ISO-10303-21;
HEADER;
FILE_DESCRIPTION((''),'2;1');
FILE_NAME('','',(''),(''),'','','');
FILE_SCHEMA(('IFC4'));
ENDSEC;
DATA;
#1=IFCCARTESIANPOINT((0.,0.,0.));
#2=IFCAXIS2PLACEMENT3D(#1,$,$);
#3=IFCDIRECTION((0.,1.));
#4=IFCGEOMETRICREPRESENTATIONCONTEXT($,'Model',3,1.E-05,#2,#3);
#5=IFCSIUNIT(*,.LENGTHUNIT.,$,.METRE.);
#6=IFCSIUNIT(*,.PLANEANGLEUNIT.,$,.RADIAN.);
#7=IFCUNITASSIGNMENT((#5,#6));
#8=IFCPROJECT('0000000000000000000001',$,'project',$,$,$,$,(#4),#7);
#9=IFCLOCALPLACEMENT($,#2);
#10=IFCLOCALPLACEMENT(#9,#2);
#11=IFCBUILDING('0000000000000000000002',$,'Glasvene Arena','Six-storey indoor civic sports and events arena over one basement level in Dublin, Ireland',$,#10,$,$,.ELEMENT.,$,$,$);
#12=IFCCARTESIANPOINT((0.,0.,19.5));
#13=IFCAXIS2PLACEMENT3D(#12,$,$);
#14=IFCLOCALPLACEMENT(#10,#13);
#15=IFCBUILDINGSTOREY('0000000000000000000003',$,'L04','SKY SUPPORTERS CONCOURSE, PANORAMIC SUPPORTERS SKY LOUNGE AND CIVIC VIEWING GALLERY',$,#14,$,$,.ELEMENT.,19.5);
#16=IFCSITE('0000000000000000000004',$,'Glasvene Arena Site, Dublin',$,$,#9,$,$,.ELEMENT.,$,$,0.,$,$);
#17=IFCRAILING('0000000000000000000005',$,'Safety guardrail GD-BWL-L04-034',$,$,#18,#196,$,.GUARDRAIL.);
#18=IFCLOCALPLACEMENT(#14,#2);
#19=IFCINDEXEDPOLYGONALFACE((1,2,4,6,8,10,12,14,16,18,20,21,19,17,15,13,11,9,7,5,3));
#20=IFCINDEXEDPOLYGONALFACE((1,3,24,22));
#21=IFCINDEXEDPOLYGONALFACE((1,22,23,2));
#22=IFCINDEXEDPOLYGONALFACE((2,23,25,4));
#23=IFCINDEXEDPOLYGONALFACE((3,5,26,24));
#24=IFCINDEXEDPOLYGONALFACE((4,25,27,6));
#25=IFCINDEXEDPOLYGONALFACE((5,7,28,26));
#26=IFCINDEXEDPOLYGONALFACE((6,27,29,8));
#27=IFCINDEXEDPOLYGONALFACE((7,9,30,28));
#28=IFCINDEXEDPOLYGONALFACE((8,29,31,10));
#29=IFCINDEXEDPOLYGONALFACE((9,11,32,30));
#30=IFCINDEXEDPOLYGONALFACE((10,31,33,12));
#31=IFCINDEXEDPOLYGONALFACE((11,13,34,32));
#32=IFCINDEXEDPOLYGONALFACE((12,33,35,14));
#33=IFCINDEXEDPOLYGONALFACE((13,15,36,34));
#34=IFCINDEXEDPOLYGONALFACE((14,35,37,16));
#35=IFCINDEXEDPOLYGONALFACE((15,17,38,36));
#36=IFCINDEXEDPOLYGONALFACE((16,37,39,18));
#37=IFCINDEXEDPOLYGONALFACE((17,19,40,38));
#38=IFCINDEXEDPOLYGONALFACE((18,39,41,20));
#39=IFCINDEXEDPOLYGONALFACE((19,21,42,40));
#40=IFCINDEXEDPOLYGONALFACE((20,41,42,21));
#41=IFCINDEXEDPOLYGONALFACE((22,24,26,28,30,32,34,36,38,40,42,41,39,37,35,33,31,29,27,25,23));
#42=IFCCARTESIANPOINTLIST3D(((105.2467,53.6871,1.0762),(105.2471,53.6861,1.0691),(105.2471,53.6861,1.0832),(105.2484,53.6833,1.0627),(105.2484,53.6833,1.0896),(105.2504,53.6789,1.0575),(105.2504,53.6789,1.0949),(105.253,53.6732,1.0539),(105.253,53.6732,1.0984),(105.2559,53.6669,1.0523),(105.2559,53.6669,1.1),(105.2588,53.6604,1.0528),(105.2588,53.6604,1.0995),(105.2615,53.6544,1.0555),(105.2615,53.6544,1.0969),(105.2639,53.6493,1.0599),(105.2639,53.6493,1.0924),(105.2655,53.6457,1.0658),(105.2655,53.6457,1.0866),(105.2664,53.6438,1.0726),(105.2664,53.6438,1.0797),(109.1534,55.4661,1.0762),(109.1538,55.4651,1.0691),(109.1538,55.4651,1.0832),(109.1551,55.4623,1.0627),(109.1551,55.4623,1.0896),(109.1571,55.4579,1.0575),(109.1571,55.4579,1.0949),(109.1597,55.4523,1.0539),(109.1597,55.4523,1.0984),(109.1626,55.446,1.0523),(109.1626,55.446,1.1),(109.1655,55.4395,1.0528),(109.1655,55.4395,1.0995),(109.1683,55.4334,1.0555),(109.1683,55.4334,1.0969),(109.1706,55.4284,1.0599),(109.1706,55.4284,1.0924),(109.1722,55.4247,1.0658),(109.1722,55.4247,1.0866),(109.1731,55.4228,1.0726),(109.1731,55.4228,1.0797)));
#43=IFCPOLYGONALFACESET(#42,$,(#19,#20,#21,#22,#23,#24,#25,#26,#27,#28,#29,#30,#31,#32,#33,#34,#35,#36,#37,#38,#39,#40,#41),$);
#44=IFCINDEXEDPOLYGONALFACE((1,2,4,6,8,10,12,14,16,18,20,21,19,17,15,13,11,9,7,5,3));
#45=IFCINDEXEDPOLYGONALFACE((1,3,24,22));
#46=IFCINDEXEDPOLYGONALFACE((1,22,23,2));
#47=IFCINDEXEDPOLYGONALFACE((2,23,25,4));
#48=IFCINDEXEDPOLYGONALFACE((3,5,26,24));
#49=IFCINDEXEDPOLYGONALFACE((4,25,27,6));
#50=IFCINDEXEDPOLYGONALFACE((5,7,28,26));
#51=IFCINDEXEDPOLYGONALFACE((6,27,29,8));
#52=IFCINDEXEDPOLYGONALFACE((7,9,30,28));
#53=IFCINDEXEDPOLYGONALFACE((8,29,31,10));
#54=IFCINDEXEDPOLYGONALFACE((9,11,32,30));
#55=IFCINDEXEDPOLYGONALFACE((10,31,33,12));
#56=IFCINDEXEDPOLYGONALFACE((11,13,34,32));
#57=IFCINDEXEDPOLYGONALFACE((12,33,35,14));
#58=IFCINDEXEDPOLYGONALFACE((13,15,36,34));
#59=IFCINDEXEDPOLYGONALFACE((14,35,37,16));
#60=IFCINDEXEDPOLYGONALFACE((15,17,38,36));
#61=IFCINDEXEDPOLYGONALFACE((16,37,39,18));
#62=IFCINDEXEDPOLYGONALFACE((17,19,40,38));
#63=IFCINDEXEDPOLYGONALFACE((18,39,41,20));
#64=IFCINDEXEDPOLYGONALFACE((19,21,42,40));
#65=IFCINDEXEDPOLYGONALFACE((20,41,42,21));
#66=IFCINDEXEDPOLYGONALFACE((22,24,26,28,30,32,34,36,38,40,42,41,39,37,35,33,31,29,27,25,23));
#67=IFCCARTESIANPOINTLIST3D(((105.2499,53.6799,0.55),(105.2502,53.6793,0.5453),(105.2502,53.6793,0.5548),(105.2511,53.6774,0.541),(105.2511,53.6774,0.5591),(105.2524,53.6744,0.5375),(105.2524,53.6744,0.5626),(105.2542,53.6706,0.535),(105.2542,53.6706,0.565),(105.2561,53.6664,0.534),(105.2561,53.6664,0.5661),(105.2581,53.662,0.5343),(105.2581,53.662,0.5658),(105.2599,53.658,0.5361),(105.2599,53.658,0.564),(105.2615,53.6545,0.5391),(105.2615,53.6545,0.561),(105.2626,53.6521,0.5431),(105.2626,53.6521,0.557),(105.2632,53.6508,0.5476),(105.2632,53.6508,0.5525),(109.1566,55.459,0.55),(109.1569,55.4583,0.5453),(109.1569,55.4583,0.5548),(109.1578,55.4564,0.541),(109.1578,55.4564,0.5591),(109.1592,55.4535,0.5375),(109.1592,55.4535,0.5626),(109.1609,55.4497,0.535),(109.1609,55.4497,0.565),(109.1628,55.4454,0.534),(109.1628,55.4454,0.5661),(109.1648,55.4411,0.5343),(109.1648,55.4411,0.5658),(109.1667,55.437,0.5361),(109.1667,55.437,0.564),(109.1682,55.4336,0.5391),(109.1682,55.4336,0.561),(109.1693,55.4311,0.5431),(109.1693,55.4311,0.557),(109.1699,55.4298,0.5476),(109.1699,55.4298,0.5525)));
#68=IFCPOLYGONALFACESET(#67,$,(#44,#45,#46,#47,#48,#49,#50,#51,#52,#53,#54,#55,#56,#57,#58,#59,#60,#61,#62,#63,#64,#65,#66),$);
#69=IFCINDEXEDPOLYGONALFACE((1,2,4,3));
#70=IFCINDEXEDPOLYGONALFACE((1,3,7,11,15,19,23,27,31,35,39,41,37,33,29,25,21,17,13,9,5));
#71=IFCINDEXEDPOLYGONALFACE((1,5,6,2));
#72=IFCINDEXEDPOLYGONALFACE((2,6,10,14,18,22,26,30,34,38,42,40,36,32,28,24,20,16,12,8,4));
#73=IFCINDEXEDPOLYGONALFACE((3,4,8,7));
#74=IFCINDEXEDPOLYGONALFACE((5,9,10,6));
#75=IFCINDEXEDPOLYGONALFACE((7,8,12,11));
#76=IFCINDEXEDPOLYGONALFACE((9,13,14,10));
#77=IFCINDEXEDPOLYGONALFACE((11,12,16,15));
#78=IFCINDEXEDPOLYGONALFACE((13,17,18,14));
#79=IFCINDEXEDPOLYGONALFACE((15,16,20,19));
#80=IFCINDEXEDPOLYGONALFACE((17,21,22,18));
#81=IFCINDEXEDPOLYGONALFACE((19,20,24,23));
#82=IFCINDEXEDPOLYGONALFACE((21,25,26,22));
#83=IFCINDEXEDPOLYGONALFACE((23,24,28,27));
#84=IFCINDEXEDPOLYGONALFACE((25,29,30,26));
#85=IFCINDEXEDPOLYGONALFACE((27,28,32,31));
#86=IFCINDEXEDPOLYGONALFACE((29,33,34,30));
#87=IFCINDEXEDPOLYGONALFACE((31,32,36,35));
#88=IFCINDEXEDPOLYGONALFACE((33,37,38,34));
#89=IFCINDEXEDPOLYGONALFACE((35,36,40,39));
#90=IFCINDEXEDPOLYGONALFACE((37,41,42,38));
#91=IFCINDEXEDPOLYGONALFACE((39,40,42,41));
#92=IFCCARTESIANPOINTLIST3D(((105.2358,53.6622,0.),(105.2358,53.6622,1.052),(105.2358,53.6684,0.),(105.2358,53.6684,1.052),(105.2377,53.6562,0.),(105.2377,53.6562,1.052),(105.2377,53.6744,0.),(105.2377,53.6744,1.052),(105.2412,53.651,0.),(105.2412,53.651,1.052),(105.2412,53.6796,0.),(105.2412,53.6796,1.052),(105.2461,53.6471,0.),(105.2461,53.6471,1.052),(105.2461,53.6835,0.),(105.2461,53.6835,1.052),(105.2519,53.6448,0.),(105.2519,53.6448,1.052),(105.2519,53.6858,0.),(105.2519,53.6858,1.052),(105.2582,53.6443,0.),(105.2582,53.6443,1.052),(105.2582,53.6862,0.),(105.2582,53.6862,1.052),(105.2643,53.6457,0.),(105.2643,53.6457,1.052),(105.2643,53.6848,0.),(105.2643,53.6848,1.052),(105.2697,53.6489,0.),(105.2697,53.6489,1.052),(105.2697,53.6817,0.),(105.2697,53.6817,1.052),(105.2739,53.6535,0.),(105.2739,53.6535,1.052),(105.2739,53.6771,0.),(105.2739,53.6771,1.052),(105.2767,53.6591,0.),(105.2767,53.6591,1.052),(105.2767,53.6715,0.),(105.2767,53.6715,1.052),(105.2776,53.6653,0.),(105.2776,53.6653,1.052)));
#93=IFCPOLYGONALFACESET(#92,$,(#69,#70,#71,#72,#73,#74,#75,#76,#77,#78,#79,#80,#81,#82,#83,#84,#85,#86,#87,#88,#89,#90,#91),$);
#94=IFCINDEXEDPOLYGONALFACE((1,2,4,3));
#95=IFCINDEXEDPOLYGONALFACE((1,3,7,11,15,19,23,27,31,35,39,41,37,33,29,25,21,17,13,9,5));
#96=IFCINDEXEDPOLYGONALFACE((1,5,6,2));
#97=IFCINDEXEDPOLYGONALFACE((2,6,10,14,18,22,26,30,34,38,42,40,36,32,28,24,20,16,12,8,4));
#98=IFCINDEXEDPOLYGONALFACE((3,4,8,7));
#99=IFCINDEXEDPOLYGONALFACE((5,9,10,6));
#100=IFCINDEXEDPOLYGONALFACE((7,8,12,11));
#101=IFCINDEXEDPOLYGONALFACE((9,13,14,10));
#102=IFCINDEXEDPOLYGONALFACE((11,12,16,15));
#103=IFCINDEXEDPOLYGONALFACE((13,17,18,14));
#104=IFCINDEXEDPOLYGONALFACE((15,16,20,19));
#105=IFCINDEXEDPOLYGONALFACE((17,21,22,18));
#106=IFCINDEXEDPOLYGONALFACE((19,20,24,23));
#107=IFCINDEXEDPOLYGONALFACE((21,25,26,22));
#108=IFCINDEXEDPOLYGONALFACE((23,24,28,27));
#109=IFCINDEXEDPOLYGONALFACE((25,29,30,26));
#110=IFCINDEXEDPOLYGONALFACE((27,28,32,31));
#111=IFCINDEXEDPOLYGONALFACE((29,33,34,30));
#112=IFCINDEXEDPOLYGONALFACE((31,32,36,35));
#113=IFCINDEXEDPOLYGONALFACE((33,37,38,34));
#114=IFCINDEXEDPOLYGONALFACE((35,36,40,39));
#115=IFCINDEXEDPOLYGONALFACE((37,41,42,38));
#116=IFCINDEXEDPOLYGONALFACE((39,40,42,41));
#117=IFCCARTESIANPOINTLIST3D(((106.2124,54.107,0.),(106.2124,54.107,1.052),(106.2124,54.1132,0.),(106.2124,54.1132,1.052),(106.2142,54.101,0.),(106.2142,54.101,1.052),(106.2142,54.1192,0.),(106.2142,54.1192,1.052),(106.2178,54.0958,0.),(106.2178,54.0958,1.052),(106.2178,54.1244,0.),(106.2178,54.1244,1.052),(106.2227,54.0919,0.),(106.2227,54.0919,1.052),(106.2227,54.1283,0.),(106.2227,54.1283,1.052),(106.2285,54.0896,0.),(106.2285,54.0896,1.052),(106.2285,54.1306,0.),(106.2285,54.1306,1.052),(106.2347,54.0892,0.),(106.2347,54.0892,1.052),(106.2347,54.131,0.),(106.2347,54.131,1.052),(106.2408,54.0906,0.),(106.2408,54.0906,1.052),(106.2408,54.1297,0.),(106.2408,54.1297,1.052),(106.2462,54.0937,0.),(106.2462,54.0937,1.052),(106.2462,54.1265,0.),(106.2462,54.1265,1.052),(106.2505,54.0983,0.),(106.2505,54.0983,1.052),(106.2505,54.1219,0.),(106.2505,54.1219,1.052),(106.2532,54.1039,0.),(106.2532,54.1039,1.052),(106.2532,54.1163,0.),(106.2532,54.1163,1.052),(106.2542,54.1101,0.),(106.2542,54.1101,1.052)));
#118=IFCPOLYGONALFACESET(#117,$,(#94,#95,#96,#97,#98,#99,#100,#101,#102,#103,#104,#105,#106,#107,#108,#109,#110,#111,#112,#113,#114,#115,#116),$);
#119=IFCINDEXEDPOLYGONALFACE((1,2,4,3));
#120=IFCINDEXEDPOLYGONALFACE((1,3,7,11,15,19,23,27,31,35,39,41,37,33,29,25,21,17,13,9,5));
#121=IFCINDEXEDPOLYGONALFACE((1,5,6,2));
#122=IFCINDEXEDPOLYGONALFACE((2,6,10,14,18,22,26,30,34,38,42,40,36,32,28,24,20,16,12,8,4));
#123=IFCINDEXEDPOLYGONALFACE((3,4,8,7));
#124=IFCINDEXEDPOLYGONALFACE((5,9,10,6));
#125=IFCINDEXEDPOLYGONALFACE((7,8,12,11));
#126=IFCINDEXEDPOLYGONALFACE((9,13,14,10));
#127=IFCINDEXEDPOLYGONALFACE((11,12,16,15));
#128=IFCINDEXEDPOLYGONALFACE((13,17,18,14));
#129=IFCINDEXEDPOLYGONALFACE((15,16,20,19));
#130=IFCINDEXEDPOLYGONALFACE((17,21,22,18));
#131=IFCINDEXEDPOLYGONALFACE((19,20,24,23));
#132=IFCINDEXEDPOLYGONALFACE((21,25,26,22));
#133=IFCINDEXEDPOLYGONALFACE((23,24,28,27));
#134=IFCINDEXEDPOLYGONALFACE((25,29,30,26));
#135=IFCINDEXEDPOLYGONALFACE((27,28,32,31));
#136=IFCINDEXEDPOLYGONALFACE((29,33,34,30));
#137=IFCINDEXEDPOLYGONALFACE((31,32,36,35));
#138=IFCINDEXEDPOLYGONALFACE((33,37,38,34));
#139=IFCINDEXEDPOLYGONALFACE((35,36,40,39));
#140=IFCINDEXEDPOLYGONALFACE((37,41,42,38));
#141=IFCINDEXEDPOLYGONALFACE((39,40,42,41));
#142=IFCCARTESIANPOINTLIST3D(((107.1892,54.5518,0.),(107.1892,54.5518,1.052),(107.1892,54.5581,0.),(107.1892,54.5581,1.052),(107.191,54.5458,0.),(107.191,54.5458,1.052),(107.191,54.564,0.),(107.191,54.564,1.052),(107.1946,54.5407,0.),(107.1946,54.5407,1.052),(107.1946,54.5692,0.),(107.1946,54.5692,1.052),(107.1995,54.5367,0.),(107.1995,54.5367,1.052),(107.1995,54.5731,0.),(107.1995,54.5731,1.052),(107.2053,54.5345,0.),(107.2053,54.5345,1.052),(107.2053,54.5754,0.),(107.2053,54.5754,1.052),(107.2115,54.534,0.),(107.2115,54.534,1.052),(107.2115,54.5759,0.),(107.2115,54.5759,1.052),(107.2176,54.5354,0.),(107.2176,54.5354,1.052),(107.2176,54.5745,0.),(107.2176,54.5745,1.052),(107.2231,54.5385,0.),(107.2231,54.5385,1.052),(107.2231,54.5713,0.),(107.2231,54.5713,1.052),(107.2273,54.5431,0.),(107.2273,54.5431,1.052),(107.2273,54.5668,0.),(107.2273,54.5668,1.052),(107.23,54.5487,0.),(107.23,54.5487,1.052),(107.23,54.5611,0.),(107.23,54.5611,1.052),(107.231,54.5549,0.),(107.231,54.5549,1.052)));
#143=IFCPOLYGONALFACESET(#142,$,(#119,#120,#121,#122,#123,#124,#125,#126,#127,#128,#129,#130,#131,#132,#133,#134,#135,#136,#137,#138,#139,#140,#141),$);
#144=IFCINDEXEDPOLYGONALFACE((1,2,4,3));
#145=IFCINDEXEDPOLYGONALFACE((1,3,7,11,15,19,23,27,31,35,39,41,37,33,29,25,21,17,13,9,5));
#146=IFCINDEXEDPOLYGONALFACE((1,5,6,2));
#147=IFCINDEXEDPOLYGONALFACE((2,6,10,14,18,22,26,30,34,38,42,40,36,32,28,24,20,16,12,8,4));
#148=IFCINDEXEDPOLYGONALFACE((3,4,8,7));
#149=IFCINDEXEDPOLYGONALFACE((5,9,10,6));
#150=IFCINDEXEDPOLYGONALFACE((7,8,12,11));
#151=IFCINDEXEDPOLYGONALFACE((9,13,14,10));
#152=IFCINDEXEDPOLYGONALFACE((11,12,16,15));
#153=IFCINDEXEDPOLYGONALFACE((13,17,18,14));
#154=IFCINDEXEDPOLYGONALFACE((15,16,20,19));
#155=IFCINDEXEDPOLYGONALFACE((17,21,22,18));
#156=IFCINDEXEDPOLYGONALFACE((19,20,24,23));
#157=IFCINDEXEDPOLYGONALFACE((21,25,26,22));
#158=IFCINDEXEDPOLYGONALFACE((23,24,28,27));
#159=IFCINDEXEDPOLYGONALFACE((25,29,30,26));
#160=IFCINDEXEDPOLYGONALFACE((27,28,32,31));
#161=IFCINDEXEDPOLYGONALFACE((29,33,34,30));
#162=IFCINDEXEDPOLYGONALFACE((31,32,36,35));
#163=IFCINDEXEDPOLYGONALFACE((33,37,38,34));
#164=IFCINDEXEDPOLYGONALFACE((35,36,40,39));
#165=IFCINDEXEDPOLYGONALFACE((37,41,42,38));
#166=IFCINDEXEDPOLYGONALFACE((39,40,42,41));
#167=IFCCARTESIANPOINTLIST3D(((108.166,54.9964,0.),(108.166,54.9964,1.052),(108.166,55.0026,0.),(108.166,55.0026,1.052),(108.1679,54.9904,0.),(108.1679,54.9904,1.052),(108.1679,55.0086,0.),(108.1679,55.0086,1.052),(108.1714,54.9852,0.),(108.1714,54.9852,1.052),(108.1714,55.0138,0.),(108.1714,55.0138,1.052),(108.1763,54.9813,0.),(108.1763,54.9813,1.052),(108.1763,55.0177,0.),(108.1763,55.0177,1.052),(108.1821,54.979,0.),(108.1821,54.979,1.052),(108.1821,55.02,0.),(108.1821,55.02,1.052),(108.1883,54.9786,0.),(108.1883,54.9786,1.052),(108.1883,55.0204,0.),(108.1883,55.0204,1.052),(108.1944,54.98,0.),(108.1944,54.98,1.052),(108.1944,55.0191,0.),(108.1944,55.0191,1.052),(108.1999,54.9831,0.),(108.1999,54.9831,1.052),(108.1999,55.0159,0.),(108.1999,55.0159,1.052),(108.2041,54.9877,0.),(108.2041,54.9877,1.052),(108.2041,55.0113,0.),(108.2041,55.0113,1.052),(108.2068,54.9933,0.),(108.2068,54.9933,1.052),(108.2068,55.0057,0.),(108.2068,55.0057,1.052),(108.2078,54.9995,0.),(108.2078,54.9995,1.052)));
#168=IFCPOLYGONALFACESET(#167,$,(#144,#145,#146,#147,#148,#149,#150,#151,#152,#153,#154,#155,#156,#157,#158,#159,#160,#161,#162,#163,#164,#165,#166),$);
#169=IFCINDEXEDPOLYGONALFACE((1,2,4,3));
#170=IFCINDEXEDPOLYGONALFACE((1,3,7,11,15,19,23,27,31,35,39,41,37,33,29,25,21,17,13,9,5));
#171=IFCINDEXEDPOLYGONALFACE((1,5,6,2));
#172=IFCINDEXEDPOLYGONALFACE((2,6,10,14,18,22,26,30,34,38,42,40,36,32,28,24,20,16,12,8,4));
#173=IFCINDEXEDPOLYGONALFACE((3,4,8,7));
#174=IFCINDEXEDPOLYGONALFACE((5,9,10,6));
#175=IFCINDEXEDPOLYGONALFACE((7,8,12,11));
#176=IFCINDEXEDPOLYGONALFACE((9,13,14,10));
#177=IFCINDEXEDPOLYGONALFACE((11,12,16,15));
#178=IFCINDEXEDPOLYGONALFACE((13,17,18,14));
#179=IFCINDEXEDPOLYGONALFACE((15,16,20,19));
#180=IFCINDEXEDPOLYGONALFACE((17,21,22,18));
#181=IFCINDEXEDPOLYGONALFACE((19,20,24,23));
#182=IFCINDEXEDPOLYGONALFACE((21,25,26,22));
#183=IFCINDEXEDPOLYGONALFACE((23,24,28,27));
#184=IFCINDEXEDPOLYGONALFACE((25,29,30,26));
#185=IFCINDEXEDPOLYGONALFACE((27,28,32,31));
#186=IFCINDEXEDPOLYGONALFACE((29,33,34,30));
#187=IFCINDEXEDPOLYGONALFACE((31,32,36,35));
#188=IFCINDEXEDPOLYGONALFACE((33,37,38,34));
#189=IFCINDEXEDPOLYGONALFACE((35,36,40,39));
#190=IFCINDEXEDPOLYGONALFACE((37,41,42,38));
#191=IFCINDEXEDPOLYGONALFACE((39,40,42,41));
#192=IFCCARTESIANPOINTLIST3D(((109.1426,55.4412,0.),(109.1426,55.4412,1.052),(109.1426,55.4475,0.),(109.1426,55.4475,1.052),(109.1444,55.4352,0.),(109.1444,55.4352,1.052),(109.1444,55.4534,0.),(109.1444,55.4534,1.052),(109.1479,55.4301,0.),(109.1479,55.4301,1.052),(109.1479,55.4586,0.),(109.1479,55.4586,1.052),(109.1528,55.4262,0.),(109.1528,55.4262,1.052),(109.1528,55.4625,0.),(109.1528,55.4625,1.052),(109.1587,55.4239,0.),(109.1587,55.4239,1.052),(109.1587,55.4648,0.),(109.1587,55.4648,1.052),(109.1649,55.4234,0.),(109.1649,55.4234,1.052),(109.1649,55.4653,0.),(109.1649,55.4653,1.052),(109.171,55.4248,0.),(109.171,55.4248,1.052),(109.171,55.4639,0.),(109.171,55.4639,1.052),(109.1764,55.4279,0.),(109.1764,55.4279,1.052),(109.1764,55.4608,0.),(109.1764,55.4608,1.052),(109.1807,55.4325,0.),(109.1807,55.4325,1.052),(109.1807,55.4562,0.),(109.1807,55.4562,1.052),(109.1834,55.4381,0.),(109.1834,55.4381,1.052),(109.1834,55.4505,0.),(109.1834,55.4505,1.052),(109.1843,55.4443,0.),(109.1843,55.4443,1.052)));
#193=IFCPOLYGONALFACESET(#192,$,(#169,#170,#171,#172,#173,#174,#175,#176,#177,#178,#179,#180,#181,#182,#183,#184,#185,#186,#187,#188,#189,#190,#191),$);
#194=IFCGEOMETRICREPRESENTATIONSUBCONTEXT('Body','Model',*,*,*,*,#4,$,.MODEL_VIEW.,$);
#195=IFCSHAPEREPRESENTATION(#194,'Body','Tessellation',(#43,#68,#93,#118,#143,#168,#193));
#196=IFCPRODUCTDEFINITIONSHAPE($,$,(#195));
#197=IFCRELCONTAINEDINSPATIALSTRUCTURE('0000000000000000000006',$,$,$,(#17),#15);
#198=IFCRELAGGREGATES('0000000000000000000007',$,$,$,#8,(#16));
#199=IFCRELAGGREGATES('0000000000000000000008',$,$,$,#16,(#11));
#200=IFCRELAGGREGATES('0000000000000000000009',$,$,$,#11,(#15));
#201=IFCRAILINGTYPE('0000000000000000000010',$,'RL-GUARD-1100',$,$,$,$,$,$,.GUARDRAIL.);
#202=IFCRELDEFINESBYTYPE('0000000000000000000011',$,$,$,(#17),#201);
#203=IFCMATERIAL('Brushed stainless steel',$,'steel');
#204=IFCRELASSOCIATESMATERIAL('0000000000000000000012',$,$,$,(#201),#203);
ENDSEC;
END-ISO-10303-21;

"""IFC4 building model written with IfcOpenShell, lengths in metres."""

from ifc_helpers import new_model, si_unit, direction, frame, origin, origin_2d, place, context, subcontext, project, spatial, circle, extrude, material, type_object, element, save


model = new_model("IFC4")

# Units and contexts
model_context = context("Model", 3, precision=1e-05, world=origin(), true_north=direction((0.0, 1.0)))
body_context = subcontext(model_context, "Body", "Model", "MODEL_VIEW")
ifc_project = project(units=[si_unit("LENGTHUNIT", "METRE"), si_unit("PLANEANGLEUNIT", "RADIAN")], contexts=[model_context])

# Site, building, storey
site_placement = place(None, origin())
site = spatial("IfcSite", under=ifc_project, at=site_placement, Name="Glasvene Arena Site, Dublin", CompositionType="ELEMENT", RefElevation=0.0)
building_placement = place(site_placement, origin())
building = spatial("IfcBuilding", under=site, at=building_placement, Name="Glasvene Arena", Description="Six-storey indoor civic sports and events arena over one basement level in Dublin, Ireland", CompositionType="ELEMENT")
storey_placement = place(building_placement, frame((0.0, 0.0, 19.5)))
storey = spatial("IfcBuildingStorey", under=building, at=storey_placement, Name="L04", Description="SKY SUPPORTERS CONCOURSE, PANORAMIC SUPPORTERS SKY LOUNGE AND CIVIC VIEWING GALLERY", CompositionType="ELEMENT", Elevation=19.5)

# Railing
ifc_material = material(Name="Brushed stainless steel", Category="steel")
railing_type = type_object("IfcRailingType", Name="RL-GUARD-1100", PredefinedType="GUARDRAIL", material=ifc_material)
railing_1_placement = place(storey_placement, frame((105.2566, 53.6653, 0.0)))
element("IfcRailing", 1, at=railing_1_placement, inside=storey, type_object=railing_type, Name="Safety guardrail GD-BWL-L04-034", PredefinedType="GUARDRAIL", context=body_context, shape_type="SweptSolid", body=[
    extrude(circle(Radius=0.0239, at=origin_2d()), frame((0.0, 0.0, 1.0762), z_axis=(0.91008, 0.414433, 0.0), x_axis=(-0.414433, 0.91008, 0.0)), (0.0, 0.0, 1.0), 4.2927),
    extrude(circle(Radius=0.0161, at=origin_2d()), frame((0.0, 0.0, 0.55), z_axis=(0.91008, 0.414433, 0.0), x_axis=(-0.414433, 0.91008, 0.0)), (0.0, 0.0, 1.0), 4.2927),
    extrude(circle(Radius=0.021, at=origin_2d()), origin(), (0.0, 0.0, 1.0), 1.052),
    extrude(circle(Radius=0.021, at=origin_2d()), frame((0.9766, 0.4448, 0.0)), (0.0, 0.0, 1.0), 1.052),
    extrude(circle(Radius=0.021, at=origin_2d()), frame((1.9534, 0.8896, 0.0)), (0.0, 0.0, 1.0), 1.052),
    extrude(circle(Radius=0.021, at=origin_2d()), frame((2.9302, 1.3342, 0.0)), (0.0, 0.0, 1.0), 1.052),
    extrude(circle(Radius=0.021, at=origin_2d()), frame((3.9067, 1.7791, 0.0)), (0.0, 0.0, 1.0), 1.052),
])

save(model, "model.ifc")
